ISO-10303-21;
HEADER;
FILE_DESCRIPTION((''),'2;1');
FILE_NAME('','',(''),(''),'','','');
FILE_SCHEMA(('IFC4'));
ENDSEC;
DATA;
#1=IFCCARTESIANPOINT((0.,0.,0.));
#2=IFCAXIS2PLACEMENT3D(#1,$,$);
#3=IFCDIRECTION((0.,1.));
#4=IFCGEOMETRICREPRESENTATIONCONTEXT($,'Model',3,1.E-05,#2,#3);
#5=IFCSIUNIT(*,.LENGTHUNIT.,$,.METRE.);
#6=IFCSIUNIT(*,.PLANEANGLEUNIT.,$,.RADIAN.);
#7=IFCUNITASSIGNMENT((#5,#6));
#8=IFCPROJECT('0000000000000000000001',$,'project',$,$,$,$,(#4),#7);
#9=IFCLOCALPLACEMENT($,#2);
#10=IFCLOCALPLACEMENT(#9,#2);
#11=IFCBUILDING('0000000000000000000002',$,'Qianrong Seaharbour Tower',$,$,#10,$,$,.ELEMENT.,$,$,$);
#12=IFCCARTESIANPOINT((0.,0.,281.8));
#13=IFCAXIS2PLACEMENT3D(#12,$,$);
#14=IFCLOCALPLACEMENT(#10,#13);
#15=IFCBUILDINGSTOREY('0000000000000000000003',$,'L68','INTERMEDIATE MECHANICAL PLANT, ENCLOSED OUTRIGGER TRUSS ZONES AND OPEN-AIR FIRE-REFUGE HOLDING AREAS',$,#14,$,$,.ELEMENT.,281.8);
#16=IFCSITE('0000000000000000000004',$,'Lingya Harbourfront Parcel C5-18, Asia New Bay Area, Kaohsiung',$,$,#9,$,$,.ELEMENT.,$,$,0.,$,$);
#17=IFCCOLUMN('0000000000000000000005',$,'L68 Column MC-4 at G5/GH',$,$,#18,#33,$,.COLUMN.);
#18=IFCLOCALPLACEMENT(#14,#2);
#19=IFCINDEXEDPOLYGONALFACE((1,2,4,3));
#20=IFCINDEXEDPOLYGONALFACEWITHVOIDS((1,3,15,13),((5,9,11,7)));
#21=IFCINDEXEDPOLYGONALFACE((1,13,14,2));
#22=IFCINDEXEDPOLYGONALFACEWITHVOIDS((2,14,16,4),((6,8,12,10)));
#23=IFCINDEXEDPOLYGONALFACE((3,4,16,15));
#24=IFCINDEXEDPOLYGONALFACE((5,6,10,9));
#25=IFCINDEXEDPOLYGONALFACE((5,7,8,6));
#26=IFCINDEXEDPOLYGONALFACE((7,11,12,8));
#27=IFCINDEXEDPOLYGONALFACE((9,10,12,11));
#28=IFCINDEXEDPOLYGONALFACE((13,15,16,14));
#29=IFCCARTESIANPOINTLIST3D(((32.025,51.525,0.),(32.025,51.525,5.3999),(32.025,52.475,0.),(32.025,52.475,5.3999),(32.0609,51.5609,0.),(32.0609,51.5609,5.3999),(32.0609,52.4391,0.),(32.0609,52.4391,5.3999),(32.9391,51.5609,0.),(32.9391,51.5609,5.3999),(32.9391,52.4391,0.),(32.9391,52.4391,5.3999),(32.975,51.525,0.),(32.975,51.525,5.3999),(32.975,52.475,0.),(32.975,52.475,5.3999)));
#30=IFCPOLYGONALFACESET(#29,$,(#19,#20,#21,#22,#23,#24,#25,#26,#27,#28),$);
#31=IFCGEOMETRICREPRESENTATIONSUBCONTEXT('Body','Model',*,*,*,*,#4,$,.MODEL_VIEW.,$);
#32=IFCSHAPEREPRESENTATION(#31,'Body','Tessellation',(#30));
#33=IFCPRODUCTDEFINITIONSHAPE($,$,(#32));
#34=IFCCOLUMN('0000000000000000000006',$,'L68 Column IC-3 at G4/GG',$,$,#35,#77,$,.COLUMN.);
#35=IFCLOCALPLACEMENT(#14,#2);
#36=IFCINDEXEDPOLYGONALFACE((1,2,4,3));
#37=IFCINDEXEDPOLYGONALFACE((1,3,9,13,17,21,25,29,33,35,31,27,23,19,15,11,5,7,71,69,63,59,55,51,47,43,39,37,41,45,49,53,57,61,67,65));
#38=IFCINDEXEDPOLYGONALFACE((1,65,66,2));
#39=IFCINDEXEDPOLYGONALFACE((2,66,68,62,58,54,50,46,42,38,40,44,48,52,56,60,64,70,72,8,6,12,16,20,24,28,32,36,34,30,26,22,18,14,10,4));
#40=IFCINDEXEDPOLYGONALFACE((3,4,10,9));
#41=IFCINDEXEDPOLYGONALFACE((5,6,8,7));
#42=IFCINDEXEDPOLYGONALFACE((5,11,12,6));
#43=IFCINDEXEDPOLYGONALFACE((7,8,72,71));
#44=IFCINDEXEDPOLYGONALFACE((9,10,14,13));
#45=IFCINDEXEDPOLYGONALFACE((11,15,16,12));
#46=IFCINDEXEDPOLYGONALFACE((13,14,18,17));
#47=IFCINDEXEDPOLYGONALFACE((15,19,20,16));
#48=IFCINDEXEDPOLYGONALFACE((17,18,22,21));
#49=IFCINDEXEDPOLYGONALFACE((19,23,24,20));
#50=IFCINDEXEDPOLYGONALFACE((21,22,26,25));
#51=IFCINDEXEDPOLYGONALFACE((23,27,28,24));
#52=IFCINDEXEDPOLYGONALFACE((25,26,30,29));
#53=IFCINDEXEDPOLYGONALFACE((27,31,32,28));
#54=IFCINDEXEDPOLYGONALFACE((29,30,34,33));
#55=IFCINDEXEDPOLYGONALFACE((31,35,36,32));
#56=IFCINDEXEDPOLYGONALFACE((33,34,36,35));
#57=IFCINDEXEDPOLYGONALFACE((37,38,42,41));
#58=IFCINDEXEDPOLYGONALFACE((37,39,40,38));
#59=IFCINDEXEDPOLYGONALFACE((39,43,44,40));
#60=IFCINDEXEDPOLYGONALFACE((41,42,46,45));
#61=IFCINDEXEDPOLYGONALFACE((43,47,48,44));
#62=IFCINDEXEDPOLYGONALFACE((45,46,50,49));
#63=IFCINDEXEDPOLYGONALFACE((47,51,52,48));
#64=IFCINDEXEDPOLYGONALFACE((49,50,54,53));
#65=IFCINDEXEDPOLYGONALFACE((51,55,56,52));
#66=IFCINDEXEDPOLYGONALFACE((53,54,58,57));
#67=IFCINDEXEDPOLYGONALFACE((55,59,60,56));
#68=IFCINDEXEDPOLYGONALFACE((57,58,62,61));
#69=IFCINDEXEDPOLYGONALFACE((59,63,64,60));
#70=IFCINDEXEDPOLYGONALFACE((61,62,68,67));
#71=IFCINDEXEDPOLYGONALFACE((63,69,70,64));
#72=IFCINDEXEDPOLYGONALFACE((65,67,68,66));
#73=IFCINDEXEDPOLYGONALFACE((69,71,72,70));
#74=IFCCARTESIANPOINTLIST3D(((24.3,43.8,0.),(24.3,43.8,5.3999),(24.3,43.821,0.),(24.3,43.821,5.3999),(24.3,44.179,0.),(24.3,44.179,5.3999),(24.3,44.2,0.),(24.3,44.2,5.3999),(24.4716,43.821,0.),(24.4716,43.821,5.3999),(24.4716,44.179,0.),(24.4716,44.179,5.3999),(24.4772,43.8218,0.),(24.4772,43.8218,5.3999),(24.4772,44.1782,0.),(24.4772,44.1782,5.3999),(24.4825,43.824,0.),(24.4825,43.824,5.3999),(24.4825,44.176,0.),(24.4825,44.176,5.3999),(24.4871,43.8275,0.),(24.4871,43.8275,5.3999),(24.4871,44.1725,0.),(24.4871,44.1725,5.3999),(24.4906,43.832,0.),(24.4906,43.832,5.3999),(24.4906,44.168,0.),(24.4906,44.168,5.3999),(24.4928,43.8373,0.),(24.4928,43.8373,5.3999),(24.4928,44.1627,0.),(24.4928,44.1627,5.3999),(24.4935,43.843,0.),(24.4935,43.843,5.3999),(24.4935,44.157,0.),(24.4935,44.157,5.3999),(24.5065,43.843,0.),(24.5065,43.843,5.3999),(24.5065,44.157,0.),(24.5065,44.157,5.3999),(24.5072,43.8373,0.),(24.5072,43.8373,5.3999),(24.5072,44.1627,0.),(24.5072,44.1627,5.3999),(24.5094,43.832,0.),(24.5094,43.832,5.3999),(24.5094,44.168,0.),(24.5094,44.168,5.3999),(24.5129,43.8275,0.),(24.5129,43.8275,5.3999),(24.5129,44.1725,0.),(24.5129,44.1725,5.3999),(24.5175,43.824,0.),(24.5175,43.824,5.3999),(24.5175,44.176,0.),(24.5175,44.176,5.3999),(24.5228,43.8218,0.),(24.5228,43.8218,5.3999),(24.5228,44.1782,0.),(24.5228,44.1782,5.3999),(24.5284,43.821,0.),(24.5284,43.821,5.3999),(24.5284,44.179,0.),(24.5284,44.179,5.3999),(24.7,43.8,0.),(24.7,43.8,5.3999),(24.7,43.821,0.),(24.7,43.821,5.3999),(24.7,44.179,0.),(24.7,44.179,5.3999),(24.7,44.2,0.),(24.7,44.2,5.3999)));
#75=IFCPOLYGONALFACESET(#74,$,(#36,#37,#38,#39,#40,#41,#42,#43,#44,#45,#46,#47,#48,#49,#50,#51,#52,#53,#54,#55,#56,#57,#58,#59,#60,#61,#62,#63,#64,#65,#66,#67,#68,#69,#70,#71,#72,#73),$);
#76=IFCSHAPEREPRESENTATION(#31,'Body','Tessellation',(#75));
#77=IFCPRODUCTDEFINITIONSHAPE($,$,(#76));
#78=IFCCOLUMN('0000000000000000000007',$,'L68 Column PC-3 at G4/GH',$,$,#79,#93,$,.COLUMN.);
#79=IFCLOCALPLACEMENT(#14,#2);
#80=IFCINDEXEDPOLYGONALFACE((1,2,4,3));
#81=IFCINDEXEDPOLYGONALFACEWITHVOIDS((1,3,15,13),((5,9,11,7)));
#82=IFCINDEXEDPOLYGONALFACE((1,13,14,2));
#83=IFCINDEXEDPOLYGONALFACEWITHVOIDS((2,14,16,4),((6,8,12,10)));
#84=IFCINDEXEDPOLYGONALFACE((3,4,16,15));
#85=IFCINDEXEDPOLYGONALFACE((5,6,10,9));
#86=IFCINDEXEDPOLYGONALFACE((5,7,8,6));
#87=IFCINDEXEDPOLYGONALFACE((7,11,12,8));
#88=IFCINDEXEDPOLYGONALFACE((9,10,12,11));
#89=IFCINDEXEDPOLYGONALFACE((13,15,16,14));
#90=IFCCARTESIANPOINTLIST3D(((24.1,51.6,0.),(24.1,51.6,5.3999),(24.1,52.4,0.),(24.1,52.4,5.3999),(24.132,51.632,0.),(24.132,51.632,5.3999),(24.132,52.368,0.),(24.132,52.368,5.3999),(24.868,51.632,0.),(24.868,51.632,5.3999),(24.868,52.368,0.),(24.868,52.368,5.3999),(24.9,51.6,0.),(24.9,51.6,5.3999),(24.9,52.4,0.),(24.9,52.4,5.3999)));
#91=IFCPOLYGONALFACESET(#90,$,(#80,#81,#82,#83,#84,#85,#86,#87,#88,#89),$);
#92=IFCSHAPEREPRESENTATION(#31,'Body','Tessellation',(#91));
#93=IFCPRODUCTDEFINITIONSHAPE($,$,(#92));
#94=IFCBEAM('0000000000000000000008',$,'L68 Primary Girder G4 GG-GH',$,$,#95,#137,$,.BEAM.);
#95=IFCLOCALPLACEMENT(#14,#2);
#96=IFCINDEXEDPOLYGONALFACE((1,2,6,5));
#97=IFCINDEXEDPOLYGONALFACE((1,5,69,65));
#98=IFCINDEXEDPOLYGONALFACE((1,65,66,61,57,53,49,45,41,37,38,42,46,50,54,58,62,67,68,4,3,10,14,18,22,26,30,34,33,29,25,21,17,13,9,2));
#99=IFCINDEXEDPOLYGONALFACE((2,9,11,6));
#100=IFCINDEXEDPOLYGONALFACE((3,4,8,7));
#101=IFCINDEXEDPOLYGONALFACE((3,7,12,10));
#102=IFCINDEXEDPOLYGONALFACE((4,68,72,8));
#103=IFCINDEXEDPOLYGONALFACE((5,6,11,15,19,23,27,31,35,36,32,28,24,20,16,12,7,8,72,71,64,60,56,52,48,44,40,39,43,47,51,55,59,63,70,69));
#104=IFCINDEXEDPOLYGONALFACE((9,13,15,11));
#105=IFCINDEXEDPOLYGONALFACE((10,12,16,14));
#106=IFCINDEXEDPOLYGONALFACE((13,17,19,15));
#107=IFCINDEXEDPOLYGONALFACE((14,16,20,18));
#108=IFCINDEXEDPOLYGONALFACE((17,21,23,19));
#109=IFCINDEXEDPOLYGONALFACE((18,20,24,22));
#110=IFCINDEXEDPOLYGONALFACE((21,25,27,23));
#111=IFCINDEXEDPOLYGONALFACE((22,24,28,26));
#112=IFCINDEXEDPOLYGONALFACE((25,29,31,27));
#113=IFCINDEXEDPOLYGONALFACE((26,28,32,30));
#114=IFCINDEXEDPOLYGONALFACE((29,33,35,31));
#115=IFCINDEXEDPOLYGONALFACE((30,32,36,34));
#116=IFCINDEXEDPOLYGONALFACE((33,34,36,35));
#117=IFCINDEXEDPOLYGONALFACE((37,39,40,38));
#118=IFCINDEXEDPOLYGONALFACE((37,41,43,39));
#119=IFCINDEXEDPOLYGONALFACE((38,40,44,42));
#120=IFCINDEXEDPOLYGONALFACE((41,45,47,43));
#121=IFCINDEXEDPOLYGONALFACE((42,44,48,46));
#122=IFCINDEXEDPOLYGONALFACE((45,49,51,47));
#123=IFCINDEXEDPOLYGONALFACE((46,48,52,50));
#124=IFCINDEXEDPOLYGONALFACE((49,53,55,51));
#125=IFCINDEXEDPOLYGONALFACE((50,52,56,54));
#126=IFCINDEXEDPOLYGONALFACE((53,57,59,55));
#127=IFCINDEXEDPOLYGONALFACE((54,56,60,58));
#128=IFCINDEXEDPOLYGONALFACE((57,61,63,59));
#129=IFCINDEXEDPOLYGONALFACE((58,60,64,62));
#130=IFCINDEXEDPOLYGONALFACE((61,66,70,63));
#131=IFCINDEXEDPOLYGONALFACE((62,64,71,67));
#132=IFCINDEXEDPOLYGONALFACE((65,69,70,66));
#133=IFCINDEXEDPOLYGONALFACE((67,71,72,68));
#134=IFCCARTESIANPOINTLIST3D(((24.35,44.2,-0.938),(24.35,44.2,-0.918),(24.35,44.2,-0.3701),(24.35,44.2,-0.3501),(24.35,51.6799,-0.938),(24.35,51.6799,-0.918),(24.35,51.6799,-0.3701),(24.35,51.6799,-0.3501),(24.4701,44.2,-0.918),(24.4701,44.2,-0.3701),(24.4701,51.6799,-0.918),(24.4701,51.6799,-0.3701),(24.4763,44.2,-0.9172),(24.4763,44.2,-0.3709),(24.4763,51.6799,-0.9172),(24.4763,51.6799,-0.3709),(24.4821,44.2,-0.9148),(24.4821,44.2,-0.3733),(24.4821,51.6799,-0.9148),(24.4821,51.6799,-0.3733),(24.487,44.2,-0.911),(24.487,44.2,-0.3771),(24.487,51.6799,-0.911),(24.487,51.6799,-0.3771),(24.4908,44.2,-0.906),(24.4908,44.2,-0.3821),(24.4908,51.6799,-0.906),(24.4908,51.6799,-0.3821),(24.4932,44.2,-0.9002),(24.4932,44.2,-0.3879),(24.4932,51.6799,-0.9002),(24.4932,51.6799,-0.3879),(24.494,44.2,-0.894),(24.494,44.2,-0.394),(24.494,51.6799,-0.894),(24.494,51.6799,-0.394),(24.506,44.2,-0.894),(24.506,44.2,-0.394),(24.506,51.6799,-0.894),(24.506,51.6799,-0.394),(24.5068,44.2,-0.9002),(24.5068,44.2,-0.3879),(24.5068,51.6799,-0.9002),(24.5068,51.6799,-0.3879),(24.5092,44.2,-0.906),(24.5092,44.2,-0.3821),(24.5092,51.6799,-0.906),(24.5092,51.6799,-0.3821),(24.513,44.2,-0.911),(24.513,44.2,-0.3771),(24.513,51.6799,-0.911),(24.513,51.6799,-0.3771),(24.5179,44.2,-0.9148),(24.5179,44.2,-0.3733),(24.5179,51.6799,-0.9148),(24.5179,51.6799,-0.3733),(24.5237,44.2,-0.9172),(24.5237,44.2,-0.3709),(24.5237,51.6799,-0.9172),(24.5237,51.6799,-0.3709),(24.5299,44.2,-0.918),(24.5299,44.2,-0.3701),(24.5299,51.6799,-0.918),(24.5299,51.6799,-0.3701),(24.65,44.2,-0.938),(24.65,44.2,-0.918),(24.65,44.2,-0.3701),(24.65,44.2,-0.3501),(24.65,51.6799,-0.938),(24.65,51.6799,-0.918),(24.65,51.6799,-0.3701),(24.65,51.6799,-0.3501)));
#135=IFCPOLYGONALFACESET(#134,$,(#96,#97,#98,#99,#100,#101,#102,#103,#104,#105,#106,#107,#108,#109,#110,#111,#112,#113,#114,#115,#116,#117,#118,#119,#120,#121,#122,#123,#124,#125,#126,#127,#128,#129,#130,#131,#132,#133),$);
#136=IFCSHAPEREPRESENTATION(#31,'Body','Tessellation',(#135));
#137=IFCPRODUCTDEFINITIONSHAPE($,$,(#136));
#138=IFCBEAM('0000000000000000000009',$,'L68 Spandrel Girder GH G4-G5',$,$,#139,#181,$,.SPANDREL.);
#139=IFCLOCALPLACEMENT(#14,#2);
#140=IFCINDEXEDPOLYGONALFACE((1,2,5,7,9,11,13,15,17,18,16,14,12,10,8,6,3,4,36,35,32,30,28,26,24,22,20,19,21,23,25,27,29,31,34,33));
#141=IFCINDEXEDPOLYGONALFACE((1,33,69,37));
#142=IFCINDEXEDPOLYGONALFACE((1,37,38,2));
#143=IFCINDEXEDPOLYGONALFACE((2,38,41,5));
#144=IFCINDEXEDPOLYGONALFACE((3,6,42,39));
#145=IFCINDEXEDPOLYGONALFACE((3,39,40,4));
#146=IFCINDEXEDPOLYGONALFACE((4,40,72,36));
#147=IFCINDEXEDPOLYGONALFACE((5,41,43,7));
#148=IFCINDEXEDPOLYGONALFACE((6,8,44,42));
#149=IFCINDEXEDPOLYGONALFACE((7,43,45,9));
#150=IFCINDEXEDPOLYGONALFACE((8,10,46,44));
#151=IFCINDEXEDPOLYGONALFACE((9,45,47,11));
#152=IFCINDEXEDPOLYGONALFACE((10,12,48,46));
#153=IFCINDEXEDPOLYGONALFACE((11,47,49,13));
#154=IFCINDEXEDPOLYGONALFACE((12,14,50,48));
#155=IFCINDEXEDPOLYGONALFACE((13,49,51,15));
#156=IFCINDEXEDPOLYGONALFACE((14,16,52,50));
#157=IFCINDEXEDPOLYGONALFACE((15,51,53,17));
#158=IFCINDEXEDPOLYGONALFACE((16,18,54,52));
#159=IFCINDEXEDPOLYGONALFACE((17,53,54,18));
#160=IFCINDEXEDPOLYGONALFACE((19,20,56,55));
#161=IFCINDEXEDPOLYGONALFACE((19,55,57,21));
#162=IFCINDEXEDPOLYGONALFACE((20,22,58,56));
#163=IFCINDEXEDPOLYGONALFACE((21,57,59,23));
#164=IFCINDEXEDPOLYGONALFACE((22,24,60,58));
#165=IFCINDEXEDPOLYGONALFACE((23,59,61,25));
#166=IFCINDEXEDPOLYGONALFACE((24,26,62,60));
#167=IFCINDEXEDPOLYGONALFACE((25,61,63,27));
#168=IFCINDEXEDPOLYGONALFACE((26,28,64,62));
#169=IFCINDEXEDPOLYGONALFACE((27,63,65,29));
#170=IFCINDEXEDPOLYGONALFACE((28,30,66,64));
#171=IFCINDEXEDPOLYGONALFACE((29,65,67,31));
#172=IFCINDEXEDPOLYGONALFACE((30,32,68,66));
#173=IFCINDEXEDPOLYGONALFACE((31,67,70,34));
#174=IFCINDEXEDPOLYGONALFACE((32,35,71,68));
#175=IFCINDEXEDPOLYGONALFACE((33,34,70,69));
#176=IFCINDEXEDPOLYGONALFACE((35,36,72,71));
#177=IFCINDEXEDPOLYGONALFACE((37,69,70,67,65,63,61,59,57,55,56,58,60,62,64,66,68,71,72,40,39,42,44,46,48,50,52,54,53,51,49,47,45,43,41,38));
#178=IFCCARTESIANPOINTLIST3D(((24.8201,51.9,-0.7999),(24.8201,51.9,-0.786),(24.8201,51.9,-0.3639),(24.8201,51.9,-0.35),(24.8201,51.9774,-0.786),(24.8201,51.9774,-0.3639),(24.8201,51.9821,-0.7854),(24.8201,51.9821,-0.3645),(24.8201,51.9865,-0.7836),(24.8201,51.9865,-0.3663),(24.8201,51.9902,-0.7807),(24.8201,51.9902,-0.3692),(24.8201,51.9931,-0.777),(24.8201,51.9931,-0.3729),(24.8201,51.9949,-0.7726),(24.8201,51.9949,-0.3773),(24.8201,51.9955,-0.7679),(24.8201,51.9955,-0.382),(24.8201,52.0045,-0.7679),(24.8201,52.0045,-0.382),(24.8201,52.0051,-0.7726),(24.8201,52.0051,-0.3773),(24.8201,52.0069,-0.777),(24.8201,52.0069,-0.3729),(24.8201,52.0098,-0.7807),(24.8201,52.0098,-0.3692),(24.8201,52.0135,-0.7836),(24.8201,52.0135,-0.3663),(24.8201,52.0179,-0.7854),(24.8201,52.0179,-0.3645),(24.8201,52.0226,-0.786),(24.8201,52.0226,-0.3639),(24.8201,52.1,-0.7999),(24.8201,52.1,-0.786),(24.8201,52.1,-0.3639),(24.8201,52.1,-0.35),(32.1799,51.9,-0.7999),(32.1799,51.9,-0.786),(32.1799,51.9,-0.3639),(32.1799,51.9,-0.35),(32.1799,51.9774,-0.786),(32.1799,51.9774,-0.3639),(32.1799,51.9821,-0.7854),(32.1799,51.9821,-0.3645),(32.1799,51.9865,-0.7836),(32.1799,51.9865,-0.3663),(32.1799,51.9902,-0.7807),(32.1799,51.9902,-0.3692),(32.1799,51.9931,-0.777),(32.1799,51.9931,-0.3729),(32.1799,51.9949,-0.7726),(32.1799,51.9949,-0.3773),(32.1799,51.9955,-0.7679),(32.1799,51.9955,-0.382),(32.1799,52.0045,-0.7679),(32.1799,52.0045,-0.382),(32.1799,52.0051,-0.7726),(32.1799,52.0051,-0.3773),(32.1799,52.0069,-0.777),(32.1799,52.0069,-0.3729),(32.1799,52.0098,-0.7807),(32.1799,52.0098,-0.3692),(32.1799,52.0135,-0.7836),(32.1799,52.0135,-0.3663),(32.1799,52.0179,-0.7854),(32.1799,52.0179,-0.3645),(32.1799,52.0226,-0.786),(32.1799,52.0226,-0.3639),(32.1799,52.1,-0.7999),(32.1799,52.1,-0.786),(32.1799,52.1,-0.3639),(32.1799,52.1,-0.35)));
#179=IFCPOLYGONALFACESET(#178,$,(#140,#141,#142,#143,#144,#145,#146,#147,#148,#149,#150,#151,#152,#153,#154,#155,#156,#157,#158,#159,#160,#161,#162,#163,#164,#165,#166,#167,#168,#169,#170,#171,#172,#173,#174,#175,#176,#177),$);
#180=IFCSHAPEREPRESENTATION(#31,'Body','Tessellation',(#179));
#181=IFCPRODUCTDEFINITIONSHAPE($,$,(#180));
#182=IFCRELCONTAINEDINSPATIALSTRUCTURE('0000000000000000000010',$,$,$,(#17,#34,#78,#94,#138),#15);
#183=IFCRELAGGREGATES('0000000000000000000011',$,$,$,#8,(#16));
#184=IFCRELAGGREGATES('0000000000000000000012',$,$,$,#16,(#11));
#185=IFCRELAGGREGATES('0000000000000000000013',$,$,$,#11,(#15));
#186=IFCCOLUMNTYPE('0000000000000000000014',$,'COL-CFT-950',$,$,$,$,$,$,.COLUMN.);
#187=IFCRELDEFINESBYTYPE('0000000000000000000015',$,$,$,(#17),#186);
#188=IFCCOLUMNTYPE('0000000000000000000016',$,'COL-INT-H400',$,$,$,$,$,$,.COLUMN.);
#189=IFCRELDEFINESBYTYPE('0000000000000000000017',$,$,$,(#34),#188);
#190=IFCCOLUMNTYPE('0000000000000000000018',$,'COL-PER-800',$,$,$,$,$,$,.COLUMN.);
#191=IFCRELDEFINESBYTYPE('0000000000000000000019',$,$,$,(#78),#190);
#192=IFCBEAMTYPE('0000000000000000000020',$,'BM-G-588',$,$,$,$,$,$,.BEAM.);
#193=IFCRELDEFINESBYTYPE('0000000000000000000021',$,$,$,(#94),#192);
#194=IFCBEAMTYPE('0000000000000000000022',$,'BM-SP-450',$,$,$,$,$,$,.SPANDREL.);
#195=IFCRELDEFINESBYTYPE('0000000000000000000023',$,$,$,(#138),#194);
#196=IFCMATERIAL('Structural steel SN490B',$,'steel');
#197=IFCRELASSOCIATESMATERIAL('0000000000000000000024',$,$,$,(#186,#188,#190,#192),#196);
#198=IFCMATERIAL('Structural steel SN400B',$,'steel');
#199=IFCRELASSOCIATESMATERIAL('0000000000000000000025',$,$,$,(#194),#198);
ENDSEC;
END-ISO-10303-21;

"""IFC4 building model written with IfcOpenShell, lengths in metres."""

from ifc_helpers import new_model, si_unit, direction, frame, origin, origin_2d, place, context, subcontext, project, spatial, hollow_rectangle, i_section, extrude, material, material_profile, profile_set, type_object, element, save


model = new_model("IFC4")

# Units and contexts
model_context = context("Model", 3, precision=1e-05, world=origin(), true_north=direction((0.0, 1.0)))
body_context = subcontext(model_context, "Body", "Model", "MODEL_VIEW")
ifc_project = project(units=[si_unit("LENGTHUNIT", "METRE"), si_unit("PLANEANGLEUNIT", "RADIAN")], contexts=[model_context])

# Site, building, storey
site_placement = place(None, origin())
site = spatial("IfcSite", under=ifc_project, at=site_placement, Name="Lingya Harbourfront Parcel C5-18, Asia New Bay Area, Kaohsiung", CompositionType="ELEMENT", RefElevation=0.0)
building_placement = place(site_placement, origin())
building = spatial("IfcBuilding", under=site, at=building_placement, Name="Qianrong Seaharbour Tower", CompositionType="ELEMENT")
storey_placement = place(building_placement, frame((0.0, 0.0, 281.8)))
storey = spatial("IfcBuildingStorey", under=building, at=storey_placement, Name="L68", Description="INTERMEDIATE MECHANICAL PLANT, ENCLOSED OUTRIGGER TRUSS ZONES AND OPEN-AIR FIRE-REFUGE HOLDING AREAS", CompositionType="ELEMENT", Elevation=281.8)

# Columns
ifc_material_1 = material(Name="Structural steel SN490B", Category="steel")
ifc_material_profile_1 = material_profile(ifc_material_1, hollow_rectangle(XDim=0.95, YDim=0.95, WallThickness=0.0359, at=origin_2d()), Name="BOX950x950x36")
ifc_profile_set_1 = profile_set([ifc_material_profile_1], Name="Structural steel SN490B")
column_type_1 = type_object("IfcColumnType", Name="COL-CFT-950", PredefinedType="COLUMN", material=ifc_profile_set_1)
column_1_placement = place(storey_placement, frame((32.5, 52.0, 0.0), z_axis=(0.0, 0.0, 1.0), x_axis=(1.0, 0.0, 0.0)))
element("IfcColumn", 1, at=column_1_placement, inside=storey, type_object=column_type_1, Name="L68 Column MC-4 at G5/GH", PredefinedType="COLUMN", context=body_context, shape_type="SweptSolid", body=[
    extrude(hollow_rectangle(XDim=0.95, YDim=0.95, WallThickness=0.0359, at=origin_2d()), origin(), (0.0, 0.0, 1.0), 5.3999),
])
ifc_material_profile_2 = material_profile(ifc_material_1, i_section(OverallWidth=0.3999, OverallDepth=0.3999, WebThickness=0.0129, FlangeThickness=0.021, FilletRadius=0.022, at=origin_2d()), Name="H400x400x13x21")
ifc_profile_set_2 = profile_set([ifc_material_profile_2], Name="Structural steel SN490B")
column_type_2 = type_object("IfcColumnType", Name="COL-INT-H400", PredefinedType="COLUMN", material=ifc_profile_set_2)
column_2_placement = place(storey_placement, frame((24.5, 44.0, 0.0), z_axis=(0.0, 0.0, 1.0), x_axis=(1.0, 0.0, 0.0)))
element("IfcColumn", 2, at=column_2_placement, inside=storey, type_object=column_type_2, Name="L68 Column IC-3 at G4/GG", PredefinedType="COLUMN", context=body_context, shape_type="SweptSolid", body=[
    extrude(i_section(OverallWidth=0.3999, OverallDepth=0.3999, WebThickness=0.0129, FlangeThickness=0.021, FilletRadius=0.022, at=origin_2d()), origin(), (0.0, 0.0, 1.0), 5.3999),
])
ifc_material_profile_3 = material_profile(ifc_material_1, hollow_rectangle(XDim=0.8, YDim=0.8, WallThickness=0.032, at=origin_2d()), Name="BOX800x800x32")
ifc_profile_set_3 = profile_set([ifc_material_profile_3], Name="Structural steel SN490B")
column_type_3 = type_object("IfcColumnType", Name="COL-PER-800", PredefinedType="COLUMN", material=ifc_profile_set_3)
column_3_placement = place(storey_placement, frame((24.5, 52.0, 0.0), z_axis=(0.0, 0.0, 1.0), x_axis=(1.0, 0.0, 0.0)))
element("IfcColumn", 3, at=column_3_placement, inside=storey, type_object=column_type_3, Name="L68 Column PC-3 at G4/GH", PredefinedType="COLUMN", context=body_context, shape_type="SweptSolid", body=[
    extrude(hollow_rectangle(XDim=0.8, YDim=0.8, WallThickness=0.032, at=origin_2d()), origin(), (0.0, 0.0, 1.0), 5.3999),
])

# Beams
ifc_material_profile_4 = material_profile(ifc_material_1, i_section(OverallWidth=0.3, OverallDepth=0.5879, WebThickness=0.012, FlangeThickness=0.02, FilletRadius=0.0239, at=origin_2d()), Name="H588x300x12x20")
ifc_profile_set_4 = profile_set([ifc_material_profile_4], Name="Structural steel SN490B")
beam_type_1 = type_object("IfcBeamType", Name="BM-G-588", PredefinedType="BEAM", material=ifc_profile_set_4)
beam_placement = place(storey_placement, frame((24.5, 44.2, -0.644), z_axis=(0.0, 1.0, 0.0), x_axis=(-1.0, 0.0, 0.0)))
element("IfcBeam", 4, at=beam_placement, inside=storey, type_object=beam_type_1, Name="L68 Primary Girder G4 GG-GH", PredefinedType="BEAM", context=body_context, shape_type="SweptSolid", body=[
    extrude(i_section(OverallWidth=0.3, OverallDepth=0.5879, WebThickness=0.012, FlangeThickness=0.02, FilletRadius=0.0239, at=origin_2d()), origin(), (0.0, 0.0, 1.0), 7.48),
])
ifc_material_2 = material(Name="Structural steel SN400B", Category="steel")
ifc_material_profile_5 = material_profile(ifc_material_2, i_section(OverallWidth=0.2, OverallDepth=0.45, WebThickness=0.009, FlangeThickness=0.0139, FilletRadius=0.0181, at=origin_2d()), Name="H450x200x9x14")
ifc_profile_set_5 = profile_set([ifc_material_profile_5], Name="Structural steel SN400B")
beam_type_2 = type_object("IfcBeamType", Name="BM-SP-450", PredefinedType="SPANDREL", material=ifc_profile_set_5)
for number, where, z_axis, x_axis, name in (
    (5, (24.8201, 52.0, -0.575), (1.0, 0.0, 0.0), (0.0, 1.0, 0.0), "L68 Spandrel Girder GH G4-G5"),
):
    element("IfcBeam", number, at=place(storey_placement, frame(where, z_axis=z_axis, x_axis=x_axis)), inside=storey, type_object=beam_type_2, Name=name, PredefinedType="SPANDREL", context=body_context, shape_type="SweptSolid", body=[
        extrude(i_section(OverallWidth=0.2, OverallDepth=0.45, WebThickness=0.009, FlangeThickness=0.0139, FilletRadius=0.0181, at=origin_2d()), origin(), (0.0, 0.0, 1.0), 7.3599),
    ])

save(model, "model.ifc")
